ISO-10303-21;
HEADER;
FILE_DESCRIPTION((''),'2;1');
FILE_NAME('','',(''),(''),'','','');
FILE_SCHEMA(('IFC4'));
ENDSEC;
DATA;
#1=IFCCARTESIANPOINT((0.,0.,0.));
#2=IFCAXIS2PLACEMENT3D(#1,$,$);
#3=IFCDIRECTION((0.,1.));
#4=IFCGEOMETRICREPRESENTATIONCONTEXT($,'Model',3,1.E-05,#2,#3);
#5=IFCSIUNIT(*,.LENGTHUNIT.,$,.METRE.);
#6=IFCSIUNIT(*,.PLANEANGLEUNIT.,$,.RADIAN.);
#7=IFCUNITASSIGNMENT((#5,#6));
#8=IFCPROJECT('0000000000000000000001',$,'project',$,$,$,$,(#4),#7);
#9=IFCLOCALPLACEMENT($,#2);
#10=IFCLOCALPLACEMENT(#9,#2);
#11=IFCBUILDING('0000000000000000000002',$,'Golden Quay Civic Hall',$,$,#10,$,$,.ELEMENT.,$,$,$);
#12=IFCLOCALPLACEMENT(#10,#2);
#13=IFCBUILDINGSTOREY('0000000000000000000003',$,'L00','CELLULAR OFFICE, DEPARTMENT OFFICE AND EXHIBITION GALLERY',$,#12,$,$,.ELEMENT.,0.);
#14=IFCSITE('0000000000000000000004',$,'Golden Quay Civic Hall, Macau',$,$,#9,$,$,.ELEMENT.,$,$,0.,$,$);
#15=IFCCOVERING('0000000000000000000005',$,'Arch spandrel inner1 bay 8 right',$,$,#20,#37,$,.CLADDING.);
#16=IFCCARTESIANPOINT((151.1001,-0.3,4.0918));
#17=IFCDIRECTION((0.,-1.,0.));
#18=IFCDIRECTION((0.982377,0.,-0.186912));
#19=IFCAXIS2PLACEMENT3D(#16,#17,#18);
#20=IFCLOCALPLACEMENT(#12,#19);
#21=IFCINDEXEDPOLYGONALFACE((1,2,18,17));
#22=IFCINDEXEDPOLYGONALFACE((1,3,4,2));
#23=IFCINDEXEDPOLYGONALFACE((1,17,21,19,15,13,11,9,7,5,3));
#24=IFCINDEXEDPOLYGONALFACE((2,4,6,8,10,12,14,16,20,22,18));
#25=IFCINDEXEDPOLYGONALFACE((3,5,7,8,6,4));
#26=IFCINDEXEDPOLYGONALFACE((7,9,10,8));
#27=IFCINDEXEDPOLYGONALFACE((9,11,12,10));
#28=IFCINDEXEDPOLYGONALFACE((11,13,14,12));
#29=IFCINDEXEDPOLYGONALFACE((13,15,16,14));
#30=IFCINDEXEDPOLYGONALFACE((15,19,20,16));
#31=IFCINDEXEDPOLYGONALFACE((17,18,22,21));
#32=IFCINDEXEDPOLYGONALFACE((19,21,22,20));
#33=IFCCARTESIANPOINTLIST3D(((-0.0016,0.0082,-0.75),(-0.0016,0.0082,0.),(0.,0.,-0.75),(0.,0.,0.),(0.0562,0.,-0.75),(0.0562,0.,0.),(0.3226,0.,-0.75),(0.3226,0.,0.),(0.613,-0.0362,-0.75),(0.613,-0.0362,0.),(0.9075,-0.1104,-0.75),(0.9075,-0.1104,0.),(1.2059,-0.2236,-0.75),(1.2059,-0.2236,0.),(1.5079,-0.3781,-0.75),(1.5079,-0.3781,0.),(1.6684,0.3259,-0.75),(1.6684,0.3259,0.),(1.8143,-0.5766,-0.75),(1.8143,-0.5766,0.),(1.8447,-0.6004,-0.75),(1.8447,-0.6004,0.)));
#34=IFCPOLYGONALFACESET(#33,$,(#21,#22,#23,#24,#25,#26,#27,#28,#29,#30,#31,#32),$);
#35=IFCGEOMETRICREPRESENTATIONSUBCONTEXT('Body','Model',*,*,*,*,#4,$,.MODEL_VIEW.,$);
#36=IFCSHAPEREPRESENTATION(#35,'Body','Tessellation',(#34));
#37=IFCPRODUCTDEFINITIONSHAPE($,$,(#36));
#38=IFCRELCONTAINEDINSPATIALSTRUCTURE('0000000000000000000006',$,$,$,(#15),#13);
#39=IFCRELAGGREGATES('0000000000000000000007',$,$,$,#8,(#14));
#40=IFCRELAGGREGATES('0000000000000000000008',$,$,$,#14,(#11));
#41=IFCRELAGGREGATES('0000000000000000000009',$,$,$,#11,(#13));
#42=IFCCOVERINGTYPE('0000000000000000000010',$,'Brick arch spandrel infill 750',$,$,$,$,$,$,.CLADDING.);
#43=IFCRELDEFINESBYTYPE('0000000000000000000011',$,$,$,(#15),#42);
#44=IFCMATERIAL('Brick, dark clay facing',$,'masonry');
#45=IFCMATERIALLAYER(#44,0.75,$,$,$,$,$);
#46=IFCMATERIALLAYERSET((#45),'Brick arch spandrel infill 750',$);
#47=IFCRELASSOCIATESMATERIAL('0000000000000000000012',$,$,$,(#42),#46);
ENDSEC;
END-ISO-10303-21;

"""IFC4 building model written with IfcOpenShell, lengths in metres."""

from ifc_helpers import new_model, si_unit, direction, frame, origin, place, context, subcontext, project, spatial, polyline, outline, extrude, material, layer, layer_set, type_object, element, save


model = new_model("IFC4")

# Units and contexts
model_context = context("Model", 3, precision=1e-05, world=origin(), true_north=direction((0.0, 1.0)))
body_context = subcontext(model_context, "Body", "Model", "MODEL_VIEW")
ifc_project = project(units=[si_unit("LENGTHUNIT", "METRE"), si_unit("PLANEANGLEUNIT", "RADIAN")], contexts=[model_context])

# Site, building, storey
site_placement = place(None, origin())
site = spatial("IfcSite", under=ifc_project, at=site_placement, Name="Golden Quay Civic Hall, Macau", CompositionType="ELEMENT", RefElevation=0.0)
building_placement = place(site_placement, origin())
building = spatial("IfcBuilding", under=site, at=building_placement, Name="Golden Quay Civic Hall", CompositionType="ELEMENT")
storey_placement = place(building_placement, origin())
storey = spatial("IfcBuildingStorey", under=building, at=storey_placement, Name="L00", Description="CELLULAR OFFICE, DEPARTMENT OFFICE AND EXHIBITION GALLERY", CompositionType="ELEMENT", Elevation=0.0)

# Covering
ifc_material_1 = material(Name="Brick, dark clay facing", Category="masonry")
ifc_layer = layer(ifc_material_1, 0.75)
ifc_layer_set = layer_set([ifc_layer], Name="Brick arch spandrel infill 750")
covering_type_1 = type_object("IfcCoveringType", Name="Brick arch spandrel infill 750", PredefinedType="CLADDING", material=ifc_layer_set)
covering_1_placement = place(storey_placement, frame((151.1001, -0.3, 4.0918), z_axis=(0.0, -1.0, 0.0), x_axis=(0.982377, 0.0, -0.186912)))
element("IfcCovering", 1, at=covering_1_placement, inside=storey, type_object=covering_type_1, Name="Arch spandrel inner1 bay 8 right", PredefinedType="CLADDING", context=body_context, shape_type="SweptSolid", body=[
    extrude(outline(polyline([(0.0, 0.0), (0.0562, 0.0), (0.3226, 0.0), (0.613, -0.0362), (0.9075, -0.1104), (1.2059, -0.2236), (1.5079, -0.3781), (1.8143, -0.5766), (1.8447, -0.6004), (1.6684, 0.3259), (-0.0016, 0.0082), (0.0, 0.0)])), origin(), (0.0, 0.0, -1.0), 0.75),
])

save(model, "model.ifc")
